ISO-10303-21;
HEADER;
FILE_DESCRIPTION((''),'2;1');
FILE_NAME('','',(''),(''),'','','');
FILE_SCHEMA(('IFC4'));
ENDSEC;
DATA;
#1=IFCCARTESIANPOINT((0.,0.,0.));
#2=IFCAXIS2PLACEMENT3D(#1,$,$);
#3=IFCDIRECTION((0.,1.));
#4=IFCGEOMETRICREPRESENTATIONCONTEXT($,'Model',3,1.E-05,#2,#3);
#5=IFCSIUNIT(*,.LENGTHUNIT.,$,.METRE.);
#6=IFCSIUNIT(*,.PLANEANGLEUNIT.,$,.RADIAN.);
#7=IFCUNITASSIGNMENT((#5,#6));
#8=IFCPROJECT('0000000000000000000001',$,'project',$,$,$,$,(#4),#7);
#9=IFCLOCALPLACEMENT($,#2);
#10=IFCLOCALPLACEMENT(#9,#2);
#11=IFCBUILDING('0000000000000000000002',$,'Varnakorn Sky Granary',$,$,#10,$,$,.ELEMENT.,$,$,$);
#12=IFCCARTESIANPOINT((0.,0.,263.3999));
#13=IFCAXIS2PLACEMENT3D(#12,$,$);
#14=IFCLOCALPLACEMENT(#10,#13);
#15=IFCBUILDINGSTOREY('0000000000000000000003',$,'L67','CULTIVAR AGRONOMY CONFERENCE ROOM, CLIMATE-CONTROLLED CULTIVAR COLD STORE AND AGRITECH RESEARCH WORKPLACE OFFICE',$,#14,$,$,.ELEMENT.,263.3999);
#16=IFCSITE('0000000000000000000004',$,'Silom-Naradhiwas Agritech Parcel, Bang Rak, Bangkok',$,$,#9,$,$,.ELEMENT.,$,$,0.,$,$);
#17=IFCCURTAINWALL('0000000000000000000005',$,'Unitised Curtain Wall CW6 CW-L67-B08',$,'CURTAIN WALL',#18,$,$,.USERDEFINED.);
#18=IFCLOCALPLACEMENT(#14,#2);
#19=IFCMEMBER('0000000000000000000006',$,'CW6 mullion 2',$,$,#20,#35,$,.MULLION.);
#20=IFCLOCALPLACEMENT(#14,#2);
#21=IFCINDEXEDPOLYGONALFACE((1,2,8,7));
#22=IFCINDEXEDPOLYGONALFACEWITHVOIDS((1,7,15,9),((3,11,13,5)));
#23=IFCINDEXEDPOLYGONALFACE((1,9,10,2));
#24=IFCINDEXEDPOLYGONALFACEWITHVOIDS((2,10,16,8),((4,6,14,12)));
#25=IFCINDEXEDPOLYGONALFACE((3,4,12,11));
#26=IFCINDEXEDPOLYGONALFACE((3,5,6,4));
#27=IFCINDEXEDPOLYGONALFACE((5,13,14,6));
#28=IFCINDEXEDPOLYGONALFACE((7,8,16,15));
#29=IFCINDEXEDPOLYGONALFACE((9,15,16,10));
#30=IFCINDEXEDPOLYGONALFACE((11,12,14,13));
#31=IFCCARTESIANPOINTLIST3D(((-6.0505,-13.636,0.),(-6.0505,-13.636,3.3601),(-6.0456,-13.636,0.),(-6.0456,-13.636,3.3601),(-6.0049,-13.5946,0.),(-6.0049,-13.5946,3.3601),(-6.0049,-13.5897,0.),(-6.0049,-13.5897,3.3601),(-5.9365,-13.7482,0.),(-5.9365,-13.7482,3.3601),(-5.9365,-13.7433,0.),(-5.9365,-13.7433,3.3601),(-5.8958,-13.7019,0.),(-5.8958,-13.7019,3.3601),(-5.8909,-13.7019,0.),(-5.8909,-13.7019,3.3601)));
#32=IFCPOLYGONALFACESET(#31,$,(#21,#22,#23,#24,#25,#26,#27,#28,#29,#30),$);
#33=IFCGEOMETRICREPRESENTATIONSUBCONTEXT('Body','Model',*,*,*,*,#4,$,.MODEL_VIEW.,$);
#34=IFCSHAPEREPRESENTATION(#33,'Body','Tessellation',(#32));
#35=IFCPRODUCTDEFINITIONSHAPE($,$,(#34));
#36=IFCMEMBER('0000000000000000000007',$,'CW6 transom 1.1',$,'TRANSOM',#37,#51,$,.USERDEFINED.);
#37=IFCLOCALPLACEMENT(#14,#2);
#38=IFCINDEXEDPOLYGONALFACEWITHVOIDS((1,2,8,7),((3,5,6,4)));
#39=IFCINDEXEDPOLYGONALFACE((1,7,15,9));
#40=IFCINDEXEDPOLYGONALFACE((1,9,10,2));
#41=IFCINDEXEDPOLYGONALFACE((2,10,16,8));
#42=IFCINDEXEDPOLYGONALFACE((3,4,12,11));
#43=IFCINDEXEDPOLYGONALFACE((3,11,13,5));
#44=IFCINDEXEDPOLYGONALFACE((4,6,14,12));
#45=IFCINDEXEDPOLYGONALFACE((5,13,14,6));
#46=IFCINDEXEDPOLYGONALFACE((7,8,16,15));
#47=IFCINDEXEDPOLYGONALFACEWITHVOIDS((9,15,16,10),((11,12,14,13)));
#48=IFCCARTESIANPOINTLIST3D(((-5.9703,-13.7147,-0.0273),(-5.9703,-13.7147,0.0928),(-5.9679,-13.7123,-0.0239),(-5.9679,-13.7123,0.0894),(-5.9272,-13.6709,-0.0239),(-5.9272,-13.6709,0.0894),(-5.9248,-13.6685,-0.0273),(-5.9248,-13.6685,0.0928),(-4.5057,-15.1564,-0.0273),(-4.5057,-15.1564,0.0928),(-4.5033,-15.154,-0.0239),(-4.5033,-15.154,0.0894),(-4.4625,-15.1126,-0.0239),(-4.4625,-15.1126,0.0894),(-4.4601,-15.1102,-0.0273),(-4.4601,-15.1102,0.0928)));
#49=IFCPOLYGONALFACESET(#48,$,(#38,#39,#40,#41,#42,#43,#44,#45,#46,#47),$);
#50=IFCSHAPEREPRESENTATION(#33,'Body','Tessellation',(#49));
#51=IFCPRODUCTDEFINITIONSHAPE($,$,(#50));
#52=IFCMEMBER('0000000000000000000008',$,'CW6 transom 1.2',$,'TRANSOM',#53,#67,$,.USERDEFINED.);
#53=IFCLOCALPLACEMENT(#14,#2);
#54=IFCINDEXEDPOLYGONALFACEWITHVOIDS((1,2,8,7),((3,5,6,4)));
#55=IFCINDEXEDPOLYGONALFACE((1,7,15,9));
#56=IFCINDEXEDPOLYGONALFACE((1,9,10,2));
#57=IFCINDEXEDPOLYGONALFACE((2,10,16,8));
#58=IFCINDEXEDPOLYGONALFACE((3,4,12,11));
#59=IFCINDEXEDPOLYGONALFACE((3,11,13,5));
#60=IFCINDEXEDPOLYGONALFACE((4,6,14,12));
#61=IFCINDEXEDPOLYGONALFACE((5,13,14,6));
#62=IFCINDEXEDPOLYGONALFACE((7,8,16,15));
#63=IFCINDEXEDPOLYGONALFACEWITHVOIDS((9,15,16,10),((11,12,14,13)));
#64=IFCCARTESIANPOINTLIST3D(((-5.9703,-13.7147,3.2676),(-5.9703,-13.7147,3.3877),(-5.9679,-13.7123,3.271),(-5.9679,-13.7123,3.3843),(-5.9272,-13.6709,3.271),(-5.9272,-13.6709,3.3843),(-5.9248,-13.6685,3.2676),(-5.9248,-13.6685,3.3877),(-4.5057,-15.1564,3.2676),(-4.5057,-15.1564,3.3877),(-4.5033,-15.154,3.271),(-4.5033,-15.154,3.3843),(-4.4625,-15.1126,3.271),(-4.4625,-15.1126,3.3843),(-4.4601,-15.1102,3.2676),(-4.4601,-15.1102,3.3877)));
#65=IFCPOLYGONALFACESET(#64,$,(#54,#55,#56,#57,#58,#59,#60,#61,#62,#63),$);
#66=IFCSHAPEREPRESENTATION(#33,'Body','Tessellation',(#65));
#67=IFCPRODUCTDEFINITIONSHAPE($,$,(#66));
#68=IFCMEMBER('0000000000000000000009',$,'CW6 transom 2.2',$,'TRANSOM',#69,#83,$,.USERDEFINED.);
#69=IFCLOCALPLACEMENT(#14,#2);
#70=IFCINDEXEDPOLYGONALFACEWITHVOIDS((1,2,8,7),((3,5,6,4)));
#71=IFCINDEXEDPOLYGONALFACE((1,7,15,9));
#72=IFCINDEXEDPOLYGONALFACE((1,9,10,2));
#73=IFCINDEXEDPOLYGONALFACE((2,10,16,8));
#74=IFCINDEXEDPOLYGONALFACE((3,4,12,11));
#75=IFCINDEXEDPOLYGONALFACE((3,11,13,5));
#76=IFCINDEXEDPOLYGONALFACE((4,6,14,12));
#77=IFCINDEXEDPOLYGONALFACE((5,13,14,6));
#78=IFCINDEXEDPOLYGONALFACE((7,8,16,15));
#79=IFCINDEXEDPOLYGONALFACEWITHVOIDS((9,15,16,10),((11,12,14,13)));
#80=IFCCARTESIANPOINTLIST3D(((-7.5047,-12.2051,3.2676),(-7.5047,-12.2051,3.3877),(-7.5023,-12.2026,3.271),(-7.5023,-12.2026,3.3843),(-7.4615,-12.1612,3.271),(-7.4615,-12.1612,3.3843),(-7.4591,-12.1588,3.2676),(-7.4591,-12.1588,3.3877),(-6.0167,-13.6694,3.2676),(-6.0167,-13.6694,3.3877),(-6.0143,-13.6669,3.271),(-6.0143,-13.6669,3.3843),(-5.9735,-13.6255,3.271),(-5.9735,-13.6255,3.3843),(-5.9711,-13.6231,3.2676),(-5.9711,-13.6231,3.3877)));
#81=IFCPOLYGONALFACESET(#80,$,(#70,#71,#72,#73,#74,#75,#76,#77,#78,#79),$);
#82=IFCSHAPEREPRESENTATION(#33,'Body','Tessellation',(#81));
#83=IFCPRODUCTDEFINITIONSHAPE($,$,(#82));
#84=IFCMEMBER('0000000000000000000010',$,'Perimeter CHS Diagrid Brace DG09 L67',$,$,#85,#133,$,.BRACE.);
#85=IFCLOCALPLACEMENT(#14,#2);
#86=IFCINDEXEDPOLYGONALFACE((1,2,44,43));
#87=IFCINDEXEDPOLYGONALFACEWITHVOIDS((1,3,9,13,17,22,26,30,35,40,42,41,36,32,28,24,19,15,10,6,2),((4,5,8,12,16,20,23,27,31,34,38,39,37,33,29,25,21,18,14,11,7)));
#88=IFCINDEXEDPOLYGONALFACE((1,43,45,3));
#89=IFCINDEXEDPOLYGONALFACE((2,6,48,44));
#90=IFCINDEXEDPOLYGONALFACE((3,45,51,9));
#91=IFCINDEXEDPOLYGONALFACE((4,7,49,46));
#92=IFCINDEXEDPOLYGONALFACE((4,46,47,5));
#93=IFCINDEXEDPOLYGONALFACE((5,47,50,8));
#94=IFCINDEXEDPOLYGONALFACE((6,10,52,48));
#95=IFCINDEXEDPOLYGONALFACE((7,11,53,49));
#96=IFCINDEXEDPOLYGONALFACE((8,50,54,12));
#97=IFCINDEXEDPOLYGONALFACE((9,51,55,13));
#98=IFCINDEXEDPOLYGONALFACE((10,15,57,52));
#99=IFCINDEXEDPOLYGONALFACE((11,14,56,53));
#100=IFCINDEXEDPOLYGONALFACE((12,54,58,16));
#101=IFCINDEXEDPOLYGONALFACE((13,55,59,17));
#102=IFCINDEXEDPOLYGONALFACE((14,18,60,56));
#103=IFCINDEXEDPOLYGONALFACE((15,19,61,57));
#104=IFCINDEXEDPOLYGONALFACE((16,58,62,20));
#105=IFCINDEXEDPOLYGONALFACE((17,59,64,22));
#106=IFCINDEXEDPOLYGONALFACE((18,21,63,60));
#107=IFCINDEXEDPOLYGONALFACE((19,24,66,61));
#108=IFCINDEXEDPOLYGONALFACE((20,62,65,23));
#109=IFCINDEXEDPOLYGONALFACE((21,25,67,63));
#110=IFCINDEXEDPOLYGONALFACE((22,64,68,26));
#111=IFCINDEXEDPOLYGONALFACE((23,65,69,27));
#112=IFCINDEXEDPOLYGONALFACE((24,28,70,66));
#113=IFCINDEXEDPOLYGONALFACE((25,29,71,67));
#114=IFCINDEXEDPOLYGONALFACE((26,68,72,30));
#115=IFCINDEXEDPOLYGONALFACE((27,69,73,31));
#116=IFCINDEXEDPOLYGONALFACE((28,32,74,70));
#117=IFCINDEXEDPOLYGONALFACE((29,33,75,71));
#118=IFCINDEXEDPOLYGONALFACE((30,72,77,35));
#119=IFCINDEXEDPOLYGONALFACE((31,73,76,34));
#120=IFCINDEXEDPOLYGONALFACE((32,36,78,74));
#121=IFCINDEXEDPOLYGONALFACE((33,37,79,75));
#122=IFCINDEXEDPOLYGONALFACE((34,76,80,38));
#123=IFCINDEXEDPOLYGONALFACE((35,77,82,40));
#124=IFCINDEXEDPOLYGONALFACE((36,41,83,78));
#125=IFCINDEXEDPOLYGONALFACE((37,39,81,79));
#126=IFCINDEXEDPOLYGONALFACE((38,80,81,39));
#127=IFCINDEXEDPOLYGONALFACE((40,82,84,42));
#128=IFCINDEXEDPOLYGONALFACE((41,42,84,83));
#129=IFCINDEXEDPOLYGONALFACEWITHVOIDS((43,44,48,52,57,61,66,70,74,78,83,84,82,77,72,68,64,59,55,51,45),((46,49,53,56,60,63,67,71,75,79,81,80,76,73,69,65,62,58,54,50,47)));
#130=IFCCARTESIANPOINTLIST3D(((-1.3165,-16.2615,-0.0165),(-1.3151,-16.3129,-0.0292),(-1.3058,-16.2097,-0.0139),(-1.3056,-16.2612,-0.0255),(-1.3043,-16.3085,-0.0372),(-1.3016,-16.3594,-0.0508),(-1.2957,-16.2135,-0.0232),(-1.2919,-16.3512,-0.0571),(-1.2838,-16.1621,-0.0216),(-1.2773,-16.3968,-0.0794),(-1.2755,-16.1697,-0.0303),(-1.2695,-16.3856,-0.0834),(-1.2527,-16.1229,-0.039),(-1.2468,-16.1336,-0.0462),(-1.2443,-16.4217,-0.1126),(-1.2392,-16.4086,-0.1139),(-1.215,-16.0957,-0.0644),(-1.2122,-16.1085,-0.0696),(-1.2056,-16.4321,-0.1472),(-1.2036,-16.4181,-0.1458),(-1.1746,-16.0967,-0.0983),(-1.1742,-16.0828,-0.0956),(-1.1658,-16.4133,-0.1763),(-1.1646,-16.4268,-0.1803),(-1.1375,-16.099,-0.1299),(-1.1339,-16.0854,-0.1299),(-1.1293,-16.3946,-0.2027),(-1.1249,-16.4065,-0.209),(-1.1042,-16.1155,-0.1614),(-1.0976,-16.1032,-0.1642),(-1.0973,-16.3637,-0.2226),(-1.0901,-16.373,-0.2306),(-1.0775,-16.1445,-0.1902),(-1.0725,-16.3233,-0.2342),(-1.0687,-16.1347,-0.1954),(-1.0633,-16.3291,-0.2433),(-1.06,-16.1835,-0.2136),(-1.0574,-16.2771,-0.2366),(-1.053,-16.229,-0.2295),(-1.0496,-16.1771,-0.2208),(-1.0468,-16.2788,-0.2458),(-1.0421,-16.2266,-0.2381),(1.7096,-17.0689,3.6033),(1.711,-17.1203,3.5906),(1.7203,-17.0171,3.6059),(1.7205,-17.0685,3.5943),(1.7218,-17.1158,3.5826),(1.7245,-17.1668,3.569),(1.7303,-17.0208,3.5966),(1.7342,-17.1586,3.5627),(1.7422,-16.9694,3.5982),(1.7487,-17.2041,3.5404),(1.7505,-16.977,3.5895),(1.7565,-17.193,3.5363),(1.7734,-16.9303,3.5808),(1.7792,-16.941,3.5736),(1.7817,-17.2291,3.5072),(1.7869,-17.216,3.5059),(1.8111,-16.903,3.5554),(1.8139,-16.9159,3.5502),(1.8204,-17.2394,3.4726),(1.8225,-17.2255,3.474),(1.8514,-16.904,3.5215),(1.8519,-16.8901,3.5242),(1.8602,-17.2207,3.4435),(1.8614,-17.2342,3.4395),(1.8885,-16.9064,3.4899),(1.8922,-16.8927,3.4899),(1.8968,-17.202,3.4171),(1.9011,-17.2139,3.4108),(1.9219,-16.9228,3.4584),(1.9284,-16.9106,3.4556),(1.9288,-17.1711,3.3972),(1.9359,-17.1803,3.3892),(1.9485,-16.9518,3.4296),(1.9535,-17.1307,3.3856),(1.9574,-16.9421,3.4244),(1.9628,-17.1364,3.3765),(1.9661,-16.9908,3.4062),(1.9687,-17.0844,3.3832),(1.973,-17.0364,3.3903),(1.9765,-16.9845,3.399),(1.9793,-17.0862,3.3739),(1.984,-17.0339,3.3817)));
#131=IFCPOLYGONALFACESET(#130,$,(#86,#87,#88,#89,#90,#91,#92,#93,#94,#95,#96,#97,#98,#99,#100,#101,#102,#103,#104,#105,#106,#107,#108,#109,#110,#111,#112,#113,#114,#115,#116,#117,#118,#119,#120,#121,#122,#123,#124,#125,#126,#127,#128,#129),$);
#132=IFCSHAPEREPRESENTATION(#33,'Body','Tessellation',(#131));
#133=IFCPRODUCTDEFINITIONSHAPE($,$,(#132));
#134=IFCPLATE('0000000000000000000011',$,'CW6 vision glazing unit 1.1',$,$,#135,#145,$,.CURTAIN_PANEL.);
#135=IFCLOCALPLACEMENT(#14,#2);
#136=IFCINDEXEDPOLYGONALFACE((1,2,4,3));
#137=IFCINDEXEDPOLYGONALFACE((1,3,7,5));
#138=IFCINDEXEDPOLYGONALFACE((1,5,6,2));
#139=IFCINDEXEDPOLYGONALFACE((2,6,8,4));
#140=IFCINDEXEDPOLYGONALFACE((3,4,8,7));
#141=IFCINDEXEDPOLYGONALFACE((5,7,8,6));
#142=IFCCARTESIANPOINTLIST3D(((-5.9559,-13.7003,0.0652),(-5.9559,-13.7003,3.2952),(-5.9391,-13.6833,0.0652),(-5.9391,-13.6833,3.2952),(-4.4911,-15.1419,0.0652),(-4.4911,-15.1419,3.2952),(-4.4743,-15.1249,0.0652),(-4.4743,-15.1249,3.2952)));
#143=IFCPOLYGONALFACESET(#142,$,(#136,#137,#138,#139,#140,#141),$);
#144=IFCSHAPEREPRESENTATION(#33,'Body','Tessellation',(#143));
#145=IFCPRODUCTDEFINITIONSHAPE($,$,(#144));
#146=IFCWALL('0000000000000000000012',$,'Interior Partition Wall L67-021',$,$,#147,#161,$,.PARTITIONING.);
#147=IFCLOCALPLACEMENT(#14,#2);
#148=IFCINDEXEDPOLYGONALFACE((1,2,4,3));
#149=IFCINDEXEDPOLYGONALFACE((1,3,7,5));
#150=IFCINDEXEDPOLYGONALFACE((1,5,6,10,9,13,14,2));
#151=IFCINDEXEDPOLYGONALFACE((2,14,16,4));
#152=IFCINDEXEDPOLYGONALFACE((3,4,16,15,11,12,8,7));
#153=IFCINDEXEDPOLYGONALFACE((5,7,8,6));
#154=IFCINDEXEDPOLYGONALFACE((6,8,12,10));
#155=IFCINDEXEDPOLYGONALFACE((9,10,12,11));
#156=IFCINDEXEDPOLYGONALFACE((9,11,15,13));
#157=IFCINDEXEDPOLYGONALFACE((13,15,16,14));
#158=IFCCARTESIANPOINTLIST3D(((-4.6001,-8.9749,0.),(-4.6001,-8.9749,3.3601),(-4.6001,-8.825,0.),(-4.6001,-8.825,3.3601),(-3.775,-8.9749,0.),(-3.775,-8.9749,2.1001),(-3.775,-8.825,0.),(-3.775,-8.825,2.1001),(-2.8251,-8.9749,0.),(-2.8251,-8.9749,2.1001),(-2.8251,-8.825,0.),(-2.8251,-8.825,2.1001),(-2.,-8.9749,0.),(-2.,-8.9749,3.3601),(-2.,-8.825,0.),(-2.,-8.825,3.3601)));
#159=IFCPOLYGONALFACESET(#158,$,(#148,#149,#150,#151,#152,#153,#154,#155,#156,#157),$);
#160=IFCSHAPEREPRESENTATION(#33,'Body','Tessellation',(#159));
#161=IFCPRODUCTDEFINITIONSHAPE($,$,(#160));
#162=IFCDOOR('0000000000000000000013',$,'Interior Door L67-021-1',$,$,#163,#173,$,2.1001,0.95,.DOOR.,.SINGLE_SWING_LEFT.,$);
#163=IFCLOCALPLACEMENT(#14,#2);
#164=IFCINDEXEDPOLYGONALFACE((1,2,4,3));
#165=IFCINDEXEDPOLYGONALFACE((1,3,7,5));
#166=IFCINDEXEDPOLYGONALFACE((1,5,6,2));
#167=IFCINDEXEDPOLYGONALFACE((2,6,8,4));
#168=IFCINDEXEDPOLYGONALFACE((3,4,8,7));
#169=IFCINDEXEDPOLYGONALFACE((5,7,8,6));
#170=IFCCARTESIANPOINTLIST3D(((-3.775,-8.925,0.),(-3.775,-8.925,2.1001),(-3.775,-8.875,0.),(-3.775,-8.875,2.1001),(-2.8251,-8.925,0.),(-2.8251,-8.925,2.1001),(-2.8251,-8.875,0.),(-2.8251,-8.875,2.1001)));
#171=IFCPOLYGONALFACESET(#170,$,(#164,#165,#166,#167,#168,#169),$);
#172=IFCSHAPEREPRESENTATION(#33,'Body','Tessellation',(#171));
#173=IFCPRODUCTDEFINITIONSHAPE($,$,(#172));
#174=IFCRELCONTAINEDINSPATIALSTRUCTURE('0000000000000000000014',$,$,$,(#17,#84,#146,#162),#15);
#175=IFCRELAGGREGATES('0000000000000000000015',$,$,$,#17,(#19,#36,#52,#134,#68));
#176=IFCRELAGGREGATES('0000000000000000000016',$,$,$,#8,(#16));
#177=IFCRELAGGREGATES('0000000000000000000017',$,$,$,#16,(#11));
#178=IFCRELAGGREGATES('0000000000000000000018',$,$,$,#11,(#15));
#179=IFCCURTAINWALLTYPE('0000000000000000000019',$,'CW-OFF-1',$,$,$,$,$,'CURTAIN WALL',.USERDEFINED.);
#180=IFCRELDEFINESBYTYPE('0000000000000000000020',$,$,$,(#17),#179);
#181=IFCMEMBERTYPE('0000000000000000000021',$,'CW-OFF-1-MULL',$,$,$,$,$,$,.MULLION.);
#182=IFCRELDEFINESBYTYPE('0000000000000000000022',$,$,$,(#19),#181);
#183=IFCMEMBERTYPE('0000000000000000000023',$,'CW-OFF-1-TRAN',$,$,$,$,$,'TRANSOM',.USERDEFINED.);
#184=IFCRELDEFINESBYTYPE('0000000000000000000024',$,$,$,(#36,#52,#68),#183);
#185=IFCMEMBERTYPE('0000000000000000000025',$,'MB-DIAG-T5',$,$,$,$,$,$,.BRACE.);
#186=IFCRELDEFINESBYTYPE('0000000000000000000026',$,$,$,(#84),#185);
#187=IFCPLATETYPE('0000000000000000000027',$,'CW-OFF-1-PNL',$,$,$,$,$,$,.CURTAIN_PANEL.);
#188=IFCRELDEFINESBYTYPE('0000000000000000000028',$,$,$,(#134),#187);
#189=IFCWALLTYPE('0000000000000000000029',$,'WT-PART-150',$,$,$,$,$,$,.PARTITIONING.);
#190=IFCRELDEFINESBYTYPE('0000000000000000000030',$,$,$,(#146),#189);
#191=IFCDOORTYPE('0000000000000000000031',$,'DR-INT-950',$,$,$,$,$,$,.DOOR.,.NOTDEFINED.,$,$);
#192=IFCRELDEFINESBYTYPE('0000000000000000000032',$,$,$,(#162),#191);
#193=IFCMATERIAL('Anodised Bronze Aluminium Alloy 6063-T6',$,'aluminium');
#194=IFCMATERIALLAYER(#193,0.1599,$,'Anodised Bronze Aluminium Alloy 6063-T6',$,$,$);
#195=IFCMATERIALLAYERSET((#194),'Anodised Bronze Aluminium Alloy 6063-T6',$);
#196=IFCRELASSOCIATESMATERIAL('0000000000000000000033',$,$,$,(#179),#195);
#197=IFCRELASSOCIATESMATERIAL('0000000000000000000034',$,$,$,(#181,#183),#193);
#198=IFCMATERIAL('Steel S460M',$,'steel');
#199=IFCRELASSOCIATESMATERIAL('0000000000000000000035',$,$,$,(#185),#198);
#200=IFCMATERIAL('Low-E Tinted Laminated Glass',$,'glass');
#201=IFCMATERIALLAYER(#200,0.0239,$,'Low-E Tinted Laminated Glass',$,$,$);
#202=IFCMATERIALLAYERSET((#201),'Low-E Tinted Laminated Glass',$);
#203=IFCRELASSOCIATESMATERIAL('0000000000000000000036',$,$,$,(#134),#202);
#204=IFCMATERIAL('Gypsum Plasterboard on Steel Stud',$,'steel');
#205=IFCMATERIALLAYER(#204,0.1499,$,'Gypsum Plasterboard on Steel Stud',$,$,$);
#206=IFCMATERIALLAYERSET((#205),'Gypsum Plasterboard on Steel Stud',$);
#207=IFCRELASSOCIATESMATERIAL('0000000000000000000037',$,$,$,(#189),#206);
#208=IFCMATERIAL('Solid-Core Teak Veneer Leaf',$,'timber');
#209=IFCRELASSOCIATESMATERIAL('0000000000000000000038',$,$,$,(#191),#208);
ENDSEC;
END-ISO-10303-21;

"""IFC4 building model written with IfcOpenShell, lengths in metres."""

from ifc_helpers import new_model, si_unit, direction, frame, frame_2d, origin, origin_2d, place, context, subcontext, project, spatial, rectangle, hollow_rectangle, hollow_circle, extrude, source, transform, mapped, material, layer, layer_set, material_profile, profile_set, type_object, type_shapes, element, fill, aggregate, save


model = new_model("IFC4")

# Units and contexts
model_context = context("Model", 3, precision=1e-05, world=origin(), true_north=direction((0.0, 1.0)))
body_context = subcontext(model_context, "Body", "Model", "MODEL_VIEW")
ifc_project = project(units=[si_unit("LENGTHUNIT", "METRE"), si_unit("PLANEANGLEUNIT", "RADIAN")], contexts=[model_context])

# Site, building, storey
site_placement = place(None, origin())
site = spatial("IfcSite", under=ifc_project, at=site_placement, Name="Silom-Naradhiwas Agritech Parcel, Bang Rak, Bangkok", CompositionType="ELEMENT", RefElevation=0.0)
building_placement = place(site_placement, origin())
building = spatial("IfcBuilding", under=site, at=building_placement, Name="Varnakorn Sky Granary", CompositionType="ELEMENT")
storey_placement = place(building_placement, frame((0.0, 0.0, 263.3999)))
storey = spatial("IfcBuildingStorey", under=building, at=storey_placement, Name="L67", Description="CULTIVAR AGRONOMY CONFERENCE ROOM, CLIMATE-CONTROLLED CULTIVAR COLD STORE AND AGRITECH RESEARCH WORKPLACE OFFICE", CompositionType="ELEMENT", Elevation=263.3999)

# Shared definitions
ifc_material_1 = material(Name="Steel S460M", Category="steel")

# Curtain wall, members
ifc_material_2 = material(Name="Anodised Bronze Aluminium Alloy 6063-T6", Category="aluminium")
ifc_layer_1 = layer(ifc_material_2, 0.1599, Name="Anodised Bronze Aluminium Alloy 6063-T6")
ifc_layer_set_1 = layer_set([ifc_layer_1], Name="Anodised Bronze Aluminium Alloy 6063-T6")
curtain_wall_type = type_object("IfcCurtainWallType", Name="CW-OFF-1", ElementType="CURTAIN WALL", PredefinedType="USERDEFINED", material=ifc_layer_set_1)
curtain_wall_placement = place(storey_placement, origin())
curtain_wall = element("IfcCurtainWall", 1, at=curtain_wall_placement, inside=storey, type_object=curtain_wall_type, Name="Unitised Curtain Wall CW6 CW-L67-B08", ObjectType="CURTAIN WALL", PredefinedType="USERDEFINED")
ifc_material_profile_1 = material_profile(ifc_material_2, hollow_rectangle(XDim=0.0649, YDim=0.1599, WallThickness=0.0034, at=origin_2d()), Name="ALU MULL 65x160")
ifc_profile_set_1 = profile_set([ifc_material_profile_1], Name="Anodised Bronze Aluminium Alloy 6063-T6")
member_type_1 = type_object("IfcMemberType", Name="CW-OFF-1-MULL", PredefinedType="MULLION", material=ifc_profile_set_1)
member_1_placement = place(storey_placement, frame((-5.9707, -13.6689, 0.0), z_axis=(0.0, 0.0, 1.0), x_axis=(-0.70144, -0.712728, 0.0)))
member_1 = element("IfcMember", 2, at=member_1_placement, type_object=member_type_1, Name="CW6 mullion 2", PredefinedType="MULLION", context=body_context, shape_type="SweptSolid", body=[
    extrude(hollow_rectangle(XDim=0.0649, YDim=0.1599, WallThickness=0.0034, at=origin_2d()), origin(), (0.0, 0.0, 1.0), 3.3601),
])
ifc_material_profile_2 = material_profile(ifc_material_2, hollow_rectangle(XDim=0.0649, YDim=0.1201, WallThickness=0.0034, at=origin_2d()), Name="ALU TRAN 65x120")
ifc_profile_set_2 = profile_set([ifc_material_profile_2], Name="Anodised Bronze Aluminium Alloy 6063-T6")
member_type_2 = type_object("IfcMemberType", Name="CW-OFF-1-TRAN", ElementType="TRANSOM", PredefinedType="USERDEFINED", material=ifc_profile_set_2)
member_2_placement = place(storey_placement, frame((-4.4829, -15.1333, 0.0327), z_axis=(-0.712668, 0.701501, 0.0), x_axis=(-0.701501, -0.712668, 0.0)))
member_2 = element("IfcMember", 3, at=member_2_placement, type_object=member_type_2, Name="CW6 transom 1.1", ObjectType="TRANSOM", PredefinedType="USERDEFINED", context=body_context, shape_type="SweptSolid", body=[
    extrude(hollow_rectangle(XDim=0.0649, YDim=0.1201, WallThickness=0.0034, at=origin_2d()), origin(), (0.0, 0.0, 1.0), 2.0552),
])
member_3_placement = place(storey_placement, frame((-4.4829, -15.1333, 3.3276), z_axis=(-0.712668, 0.701501, 0.0), x_axis=(-0.701501, -0.712668, 0.0)))
member_3 = element("IfcMember", 4, at=member_3_placement, type_object=member_type_2, Name="CW6 transom 1.2", ObjectType="TRANSOM", PredefinedType="USERDEFINED", context=body_context, shape_type="SweptSolid", body=[
    extrude(hollow_rectangle(XDim=0.0649, YDim=0.1201, WallThickness=0.0034, at=origin_2d()), origin(), (0.0, 0.0, 1.0), 2.0552),
])
member_4_placement = place(storey_placement, frame((-5.9939, -13.6462, 3.3276), z_axis=(-0.712756, 0.701412, 0.0), x_axis=(-0.701412, -0.712756, 0.0)))
member_4 = element("IfcMember", 5, at=member_4_placement, type_object=member_type_2, Name="CW6 transom 2.2", ObjectType="TRANSOM", PredefinedType="USERDEFINED", context=body_context, shape_type="SweptSolid", body=[
    extrude(hollow_rectangle(XDim=0.0649, YDim=0.1201, WallThickness=0.0034, at=origin_2d()), origin(), (0.0, 0.0, 1.0), 2.0876),
])

# Member
ifc_material_profile_3 = material_profile(ifc_material_1, hollow_circle(Radius=0.1777, WallThickness=0.0142, at=origin_2d()), Name="CHS 355.6x14")
ifc_profile_set_3 = profile_set([ifc_material_profile_3], Name="Steel S460M")
member_type_3 = type_object("IfcMemberType", Name="MB-DIAG-T5", PredefinedType="BRACE", material=ifc_profile_set_3)
member_5_placement = place(storey_placement, frame((-1.1797, -16.2571, -0.1299), z_axis=(0.63219, -0.168669, 0.756231), x_axis=(0.257784, 0.966203, 0.0)))
element("IfcMember", 6, at=member_5_placement, inside=storey, type_object=member_type_3, Name="Perimeter CHS Diagrid Brace DG09 L67", PredefinedType="BRACE", context=body_context, shape_type="SweptSolid", body=[
    extrude(hollow_circle(Radius=0.1777, WallThickness=0.0142, at=origin_2d()), origin(), (0.0, 0.0, 1.0), 4.7866),
])

# Plate
ifc_material_3 = material(Name="Low-E Tinted Laminated Glass", Category="glass")
ifc_layer_2 = layer(ifc_material_3, 0.0239, Name="Low-E Tinted Laminated Glass")
ifc_layer_set_2 = layer_set([ifc_layer_2], Name="Low-E Tinted Laminated Glass")
plate_type = type_object("IfcPlateType", Name="CW-OFF-1-PNL", PredefinedType="CURTAIN_PANEL")
shared_shape_1 = source(origin(), body_context, "Body", "SweptSolid", [
    extrude(rectangle(XDim=2.0552, YDim=0.0239, at=origin_2d()), origin(), (0.0, 0.0, 1.0), 3.23),
])
type_shapes(plate_type, [shared_shape_1])
plate_placement = place(storey_placement, frame((-5.2151, -14.4126, 0.0652), z_axis=(0.0, 0.0, 1.0), x_axis=(-0.712728, 0.70144, 0.0)))
plate = element("IfcPlate", 7, at=plate_placement, type_object=plate_type, material=ifc_layer_set_2, Name="CW6 vision glazing unit 1.1", PredefinedType="CURTAIN_PANEL", context=body_context, shape_type="MappedRepresentation", body=[
    mapped(shared_shape_1, transform((0.0, 0.0, 0.0), x_axis=(1.0, 0.0, 0.0), y_axis=(0.0, 1.0, 0.0), z_axis=(0.0, 0.0, 1.0), scale=1.0)),
])
aggregate(curtain_wall, [member_1, member_2, member_3, plate, member_4])

# Wall, opening, door
ifc_material_4 = material(Name="Gypsum Plasterboard on Steel Stud", Category="steel")
ifc_layer_3 = layer(ifc_material_4, 0.1499, Name="Gypsum Plasterboard on Steel Stud")
ifc_layer_set_3 = layer_set([ifc_layer_3], Name="Gypsum Plasterboard on Steel Stud")
wall_type = type_object("IfcWallType", Name="WT-PART-150", PredefinedType="PARTITIONING", material=ifc_layer_set_3)
wall_1_placement = place(storey_placement, frame((-4.6001, -8.8999, 0.0), z_axis=(0.0, 0.0, 1.0), x_axis=(1.0, 0.0, 0.0)))
wall_1 = element("IfcWall", 8, at=wall_1_placement, inside=storey, type_object=wall_type, Name="Interior Partition Wall L67-021", PredefinedType="PARTITIONING", context=body_context, shape_type="SweptSolid", body=[
    extrude(rectangle(XDim=2.6001, YDim=0.1499, at=frame_2d((1.3, 0.0))), origin(), (0.0, 0.0, 1.0), 3.3601),
])
opening_1_placement = place(wall_1_placement, frame((0.825, 0.0, 0.0)))
opening_1 = element("IfcOpeningElement", 9, at=opening_1_placement, cuts=wall_1, PredefinedType="OPENING", context=body_context, shape_type="SweptSolid", body=[
    extrude(rectangle(XDim=0.95, YDim=2.1001, at=frame_2d((0.4751, 1.05))), frame((0.0, 0.085, 0.0), z_axis=(0.0, -1.0, 0.0), x_axis=(1.0, 0.0, 0.0)), (0.0, 0.0, 1.0), 0.1699),
])
ifc_material_5 = material(Name="Solid-Core Teak Veneer Leaf", Category="timber")
door_type = type_object("IfcDoorType", Name="DR-INT-950", OperationType="NOTDEFINED", PredefinedType="DOOR", material=ifc_material_5)
door_1_placement = place(opening_1_placement, origin())
door_1 = element("IfcDoor", 10, at=door_1_placement, inside=storey, type_object=door_type, Name="Interior Door L67-021-1", OperationType="SINGLE_SWING_LEFT", OverallHeight=2.1001, OverallWidth=0.95, PredefinedType="DOOR", context=body_context, shape_type="SweptSolid", body=[
    extrude(rectangle(XDim=0.95, YDim=2.1001, at=frame_2d((0.4751, 1.05))), frame((0.0, 0.0249, 0.0), z_axis=(0.0, -1.0, 0.0), x_axis=(1.0, 0.0, 0.0)), (0.0, 0.0, 1.0), 0.05),
])
fill(opening_1, door_1)

save(model, "model.ifc")
